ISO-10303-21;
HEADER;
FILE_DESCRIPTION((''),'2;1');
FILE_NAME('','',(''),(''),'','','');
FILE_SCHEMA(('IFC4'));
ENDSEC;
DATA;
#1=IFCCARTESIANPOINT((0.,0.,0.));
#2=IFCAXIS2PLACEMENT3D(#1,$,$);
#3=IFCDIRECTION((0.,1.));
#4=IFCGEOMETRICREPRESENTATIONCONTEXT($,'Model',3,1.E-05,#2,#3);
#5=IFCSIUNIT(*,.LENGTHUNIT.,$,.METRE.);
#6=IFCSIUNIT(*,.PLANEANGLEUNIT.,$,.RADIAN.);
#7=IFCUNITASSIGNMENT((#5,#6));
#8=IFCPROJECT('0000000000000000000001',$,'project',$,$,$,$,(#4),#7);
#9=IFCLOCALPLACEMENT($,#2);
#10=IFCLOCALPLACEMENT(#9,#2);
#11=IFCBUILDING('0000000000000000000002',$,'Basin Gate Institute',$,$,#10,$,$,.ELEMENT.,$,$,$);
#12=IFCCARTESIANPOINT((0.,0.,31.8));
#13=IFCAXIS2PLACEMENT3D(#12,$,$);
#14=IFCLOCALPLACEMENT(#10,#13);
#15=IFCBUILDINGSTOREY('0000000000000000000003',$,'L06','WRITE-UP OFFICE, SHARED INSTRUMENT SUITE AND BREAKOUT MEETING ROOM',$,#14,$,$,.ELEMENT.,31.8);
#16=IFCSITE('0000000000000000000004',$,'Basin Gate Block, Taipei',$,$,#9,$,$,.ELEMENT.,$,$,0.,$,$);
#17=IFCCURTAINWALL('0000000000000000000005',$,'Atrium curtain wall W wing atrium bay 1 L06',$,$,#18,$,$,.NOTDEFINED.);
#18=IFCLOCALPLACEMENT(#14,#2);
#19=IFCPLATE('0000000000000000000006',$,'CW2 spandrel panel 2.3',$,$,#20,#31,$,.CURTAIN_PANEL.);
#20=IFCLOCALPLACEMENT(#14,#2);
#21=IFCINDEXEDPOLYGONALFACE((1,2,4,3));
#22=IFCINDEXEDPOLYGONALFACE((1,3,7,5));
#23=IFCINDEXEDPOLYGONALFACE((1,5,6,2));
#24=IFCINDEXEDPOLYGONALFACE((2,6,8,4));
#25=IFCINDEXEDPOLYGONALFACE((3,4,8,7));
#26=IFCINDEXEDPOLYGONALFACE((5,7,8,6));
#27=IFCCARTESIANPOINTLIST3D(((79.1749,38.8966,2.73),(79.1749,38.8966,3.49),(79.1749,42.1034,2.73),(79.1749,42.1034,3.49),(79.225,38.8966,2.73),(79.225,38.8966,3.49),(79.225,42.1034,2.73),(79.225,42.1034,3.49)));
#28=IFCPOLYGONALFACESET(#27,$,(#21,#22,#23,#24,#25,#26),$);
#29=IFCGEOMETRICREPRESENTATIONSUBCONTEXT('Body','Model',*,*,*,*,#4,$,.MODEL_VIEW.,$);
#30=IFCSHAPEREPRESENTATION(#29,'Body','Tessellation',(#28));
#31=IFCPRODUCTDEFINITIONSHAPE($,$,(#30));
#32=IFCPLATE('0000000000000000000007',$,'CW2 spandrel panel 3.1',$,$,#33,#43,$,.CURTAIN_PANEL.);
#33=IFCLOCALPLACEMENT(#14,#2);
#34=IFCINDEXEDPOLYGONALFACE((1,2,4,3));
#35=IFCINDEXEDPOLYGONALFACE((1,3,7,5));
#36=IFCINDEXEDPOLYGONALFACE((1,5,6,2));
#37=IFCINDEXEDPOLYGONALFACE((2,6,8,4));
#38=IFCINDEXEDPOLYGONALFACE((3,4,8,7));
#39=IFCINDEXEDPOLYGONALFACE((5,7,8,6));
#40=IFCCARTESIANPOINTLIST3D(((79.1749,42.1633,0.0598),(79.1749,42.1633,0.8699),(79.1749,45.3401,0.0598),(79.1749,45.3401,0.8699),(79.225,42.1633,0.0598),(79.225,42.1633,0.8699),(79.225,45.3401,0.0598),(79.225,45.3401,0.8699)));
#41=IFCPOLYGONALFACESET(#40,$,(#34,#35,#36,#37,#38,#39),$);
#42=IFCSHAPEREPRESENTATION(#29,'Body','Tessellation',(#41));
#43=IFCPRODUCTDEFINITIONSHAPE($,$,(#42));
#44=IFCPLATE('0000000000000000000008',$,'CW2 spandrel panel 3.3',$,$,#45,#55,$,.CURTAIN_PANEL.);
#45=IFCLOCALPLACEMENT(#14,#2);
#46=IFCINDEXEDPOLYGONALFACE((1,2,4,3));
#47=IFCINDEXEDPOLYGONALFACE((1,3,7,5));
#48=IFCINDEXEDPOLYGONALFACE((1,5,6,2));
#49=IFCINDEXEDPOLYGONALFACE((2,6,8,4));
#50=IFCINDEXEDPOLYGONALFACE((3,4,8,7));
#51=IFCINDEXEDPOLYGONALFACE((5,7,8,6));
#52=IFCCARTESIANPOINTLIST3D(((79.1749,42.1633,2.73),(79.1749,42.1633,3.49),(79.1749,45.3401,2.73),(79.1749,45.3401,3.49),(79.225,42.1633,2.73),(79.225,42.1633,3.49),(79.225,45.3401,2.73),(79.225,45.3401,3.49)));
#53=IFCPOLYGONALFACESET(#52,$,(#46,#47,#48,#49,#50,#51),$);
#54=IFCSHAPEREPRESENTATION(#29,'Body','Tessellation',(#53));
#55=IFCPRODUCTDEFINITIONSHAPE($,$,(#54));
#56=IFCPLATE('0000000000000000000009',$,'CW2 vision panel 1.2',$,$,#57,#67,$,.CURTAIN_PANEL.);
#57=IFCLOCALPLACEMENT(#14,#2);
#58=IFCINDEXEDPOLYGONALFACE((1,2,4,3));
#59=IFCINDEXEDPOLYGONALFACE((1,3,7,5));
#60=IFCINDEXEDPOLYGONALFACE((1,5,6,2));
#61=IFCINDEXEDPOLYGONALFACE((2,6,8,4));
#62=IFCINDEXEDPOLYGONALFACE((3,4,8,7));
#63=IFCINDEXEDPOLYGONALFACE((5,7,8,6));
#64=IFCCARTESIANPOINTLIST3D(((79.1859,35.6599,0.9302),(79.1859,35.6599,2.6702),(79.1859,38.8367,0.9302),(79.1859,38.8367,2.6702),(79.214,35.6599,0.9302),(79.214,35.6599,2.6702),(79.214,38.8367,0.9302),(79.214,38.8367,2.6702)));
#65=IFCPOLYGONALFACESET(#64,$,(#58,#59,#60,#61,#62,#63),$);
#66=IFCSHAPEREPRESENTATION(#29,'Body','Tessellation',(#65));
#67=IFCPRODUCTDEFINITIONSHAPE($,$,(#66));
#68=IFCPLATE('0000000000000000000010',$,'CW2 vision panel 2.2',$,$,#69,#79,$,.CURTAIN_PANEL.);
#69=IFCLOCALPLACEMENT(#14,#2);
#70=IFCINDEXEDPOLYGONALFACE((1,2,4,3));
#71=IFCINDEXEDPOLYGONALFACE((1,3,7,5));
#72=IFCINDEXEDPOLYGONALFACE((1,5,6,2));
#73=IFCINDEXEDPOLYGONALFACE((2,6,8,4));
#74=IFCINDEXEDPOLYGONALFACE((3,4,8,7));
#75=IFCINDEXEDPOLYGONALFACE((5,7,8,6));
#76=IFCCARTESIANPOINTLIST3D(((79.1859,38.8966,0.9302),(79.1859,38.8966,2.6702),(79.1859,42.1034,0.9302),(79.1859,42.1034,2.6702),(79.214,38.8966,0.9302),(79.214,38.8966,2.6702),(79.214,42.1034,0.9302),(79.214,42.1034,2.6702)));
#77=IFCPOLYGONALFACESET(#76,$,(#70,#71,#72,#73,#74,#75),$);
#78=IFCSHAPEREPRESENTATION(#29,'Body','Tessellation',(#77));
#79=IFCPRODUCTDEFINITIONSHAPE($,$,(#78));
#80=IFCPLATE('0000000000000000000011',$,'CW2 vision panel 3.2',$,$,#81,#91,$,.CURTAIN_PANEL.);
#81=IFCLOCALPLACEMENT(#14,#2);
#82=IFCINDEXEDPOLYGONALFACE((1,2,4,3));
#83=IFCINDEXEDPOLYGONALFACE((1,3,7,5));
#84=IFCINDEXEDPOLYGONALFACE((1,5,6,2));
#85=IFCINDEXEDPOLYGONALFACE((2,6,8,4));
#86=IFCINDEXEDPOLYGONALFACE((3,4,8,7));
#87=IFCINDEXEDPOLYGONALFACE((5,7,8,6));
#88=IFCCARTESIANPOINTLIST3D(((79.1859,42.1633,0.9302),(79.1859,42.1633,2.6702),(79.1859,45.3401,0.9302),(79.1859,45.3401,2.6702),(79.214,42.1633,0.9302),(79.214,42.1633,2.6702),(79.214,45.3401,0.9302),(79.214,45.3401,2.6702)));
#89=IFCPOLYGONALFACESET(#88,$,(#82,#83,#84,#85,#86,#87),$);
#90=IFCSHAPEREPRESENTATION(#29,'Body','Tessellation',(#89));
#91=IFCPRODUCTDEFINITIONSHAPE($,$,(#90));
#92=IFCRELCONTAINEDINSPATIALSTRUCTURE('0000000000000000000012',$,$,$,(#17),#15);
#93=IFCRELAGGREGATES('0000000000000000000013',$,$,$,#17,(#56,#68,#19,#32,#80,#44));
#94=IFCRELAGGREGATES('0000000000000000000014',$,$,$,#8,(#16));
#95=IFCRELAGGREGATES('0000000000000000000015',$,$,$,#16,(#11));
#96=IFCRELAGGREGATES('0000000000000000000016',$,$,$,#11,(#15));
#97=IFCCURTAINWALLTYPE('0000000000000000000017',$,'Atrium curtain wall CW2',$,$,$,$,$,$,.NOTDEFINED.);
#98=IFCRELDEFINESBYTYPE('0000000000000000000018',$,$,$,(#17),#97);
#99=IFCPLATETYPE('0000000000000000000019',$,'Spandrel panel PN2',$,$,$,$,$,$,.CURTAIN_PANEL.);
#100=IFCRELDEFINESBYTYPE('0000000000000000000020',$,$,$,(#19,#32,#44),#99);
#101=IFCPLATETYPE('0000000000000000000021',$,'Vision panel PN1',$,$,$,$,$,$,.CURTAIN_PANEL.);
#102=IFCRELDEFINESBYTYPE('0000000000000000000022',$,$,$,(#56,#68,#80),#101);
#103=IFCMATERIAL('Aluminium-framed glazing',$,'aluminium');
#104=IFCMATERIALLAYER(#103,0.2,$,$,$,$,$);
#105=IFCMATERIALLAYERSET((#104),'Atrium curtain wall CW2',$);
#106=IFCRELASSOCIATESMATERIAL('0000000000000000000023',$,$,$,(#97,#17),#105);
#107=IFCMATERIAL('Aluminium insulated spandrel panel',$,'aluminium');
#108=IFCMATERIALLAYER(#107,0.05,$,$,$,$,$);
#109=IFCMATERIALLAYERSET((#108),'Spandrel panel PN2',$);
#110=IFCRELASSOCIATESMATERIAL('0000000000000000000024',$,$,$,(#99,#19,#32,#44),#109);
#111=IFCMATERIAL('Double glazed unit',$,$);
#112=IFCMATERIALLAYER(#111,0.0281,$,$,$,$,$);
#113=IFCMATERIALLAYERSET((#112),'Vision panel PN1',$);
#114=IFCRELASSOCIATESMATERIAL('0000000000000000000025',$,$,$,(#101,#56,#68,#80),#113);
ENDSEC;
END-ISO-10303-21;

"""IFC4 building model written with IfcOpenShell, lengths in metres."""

from ifc_helpers import new_model, si_unit, direction, frame, origin, origin_2d, place, context, subcontext, project, spatial, rectangle, extrude, material, layer, layer_set, type_object, element, aggregate, save


model = new_model("IFC4")

# Units and contexts
model_context = context("Model", 3, precision=1e-05, world=origin(), true_north=direction((0.0, 1.0)))
body_context = subcontext(model_context, "Body", "Model", "MODEL_VIEW")
ifc_project = project(units=[si_unit("LENGTHUNIT", "METRE"), si_unit("PLANEANGLEUNIT", "RADIAN")], contexts=[model_context])

# Site, building, storey
site_placement = place(None, origin())
site = spatial("IfcSite", under=ifc_project, at=site_placement, Name="Basin Gate Block, Taipei", CompositionType="ELEMENT", RefElevation=0.0)
building_placement = place(site_placement, origin())
building = spatial("IfcBuilding", under=site, at=building_placement, Name="Basin Gate Institute", CompositionType="ELEMENT")
storey_placement = place(building_placement, frame((0.0, 0.0, 31.8)))
storey = spatial("IfcBuildingStorey", under=building, at=storey_placement, Name="L06", Description="WRITE-UP OFFICE, SHARED INSTRUMENT SUITE AND BREAKOUT MEETING ROOM", CompositionType="ELEMENT", Elevation=31.8)

# Curtain wall, plates
ifc_material_1 = material(Name="Aluminium-framed glazing", Category="aluminium")
ifc_layer_1 = layer(ifc_material_1, 0.2)
ifc_layer_set_1 = layer_set([ifc_layer_1], Name="Atrium curtain wall CW2")
curtain_wall_type = type_object("IfcCurtainWallType", Name="Atrium curtain wall CW2", PredefinedType="NOTDEFINED", material=ifc_layer_set_1)
curtain_wall_placement = place(storey_placement, origin())
curtain_wall = element("IfcCurtainWall", 1, at=curtain_wall_placement, inside=storey, type_object=curtain_wall_type, material=ifc_layer_set_1, Name="Atrium curtain wall W wing atrium bay 1 L06", PredefinedType="NOTDEFINED")
ifc_material_2 = material(Name="Aluminium insulated spandrel panel", Category="aluminium")
ifc_layer_2 = layer(ifc_material_2, 0.05)
ifc_layer_set_2 = layer_set([ifc_layer_2], Name="Spandrel panel PN2")
plate_type_1 = type_object("IfcPlateType", Name="Spandrel panel PN2", PredefinedType="CURTAIN_PANEL", material=ifc_layer_set_2)
plate_1_placement = place(storey_placement, frame((79.2, 40.5, 2.73), z_axis=(0.0, 0.0, 1.0), x_axis=(0.0, 1.0, 0.0)))
plate_1 = element("IfcPlate", 2, at=plate_1_placement, type_object=plate_type_1, material=ifc_layer_set_2, Name="CW2 spandrel panel 2.3", PredefinedType="CURTAIN_PANEL", context=body_context, shape_type="SweptSolid", body=[
    extrude(rectangle(XDim=3.2068, YDim=0.05, at=origin_2d()), origin(), (0.0, 0.0, 1.0), 0.76),
])
plate_2_placement = place(storey_placement, frame((79.2, 43.7517, 0.0598), z_axis=(0.0, 0.0, 1.0), x_axis=(0.0, 1.0, 0.0)))
plate_2 = element("IfcPlate", 3, at=plate_2_placement, type_object=plate_type_1, material=ifc_layer_set_2, Name="CW2 spandrel panel 3.1", PredefinedType="CURTAIN_PANEL", context=body_context, shape_type="SweptSolid", body=[
    extrude(rectangle(XDim=3.1768, YDim=0.05, at=origin_2d()), origin(), (0.0, 0.0, 1.0), 0.8101),
])
plate_3_placement = place(storey_placement, frame((79.2, 43.7517, 2.73), z_axis=(0.0, 0.0, 1.0), x_axis=(0.0, 1.0, 0.0)))
plate_3 = element("IfcPlate", 4, at=plate_3_placement, type_object=plate_type_1, material=ifc_layer_set_2, Name="CW2 spandrel panel 3.3", PredefinedType="CURTAIN_PANEL", context=body_context, shape_type="SweptSolid", body=[
    extrude(rectangle(XDim=3.1768, YDim=0.05, at=origin_2d()), origin(), (0.0, 0.0, 1.0), 0.76),
])
ifc_material_3 = material(Name="Double glazed unit")
ifc_layer_3 = layer(ifc_material_3, 0.0281)
ifc_layer_set_3 = layer_set([ifc_layer_3], Name="Vision panel PN1")
plate_type_2 = type_object("IfcPlateType", Name="Vision panel PN1", PredefinedType="CURTAIN_PANEL", material=ifc_layer_set_3)
plate_4_placement = place(storey_placement, frame((79.2, 37.2483, 0.9302), z_axis=(0.0, 0.0, 1.0), x_axis=(0.0, 1.0, 0.0)))
plate_4 = element("IfcPlate", 5, at=plate_4_placement, type_object=plate_type_2, material=ifc_layer_set_3, Name="CW2 vision panel 1.2", PredefinedType="CURTAIN_PANEL", context=body_context, shape_type="SweptSolid", body=[
    extrude(rectangle(XDim=3.1768, YDim=0.0281, at=origin_2d()), origin(), (0.0, 0.0, 1.0), 1.74),
])
plate_5_placement = place(storey_placement, frame((79.2, 40.5, 0.9302), z_axis=(0.0, 0.0, 1.0), x_axis=(0.0, 1.0, 0.0)))
plate_5 = element("IfcPlate", 6, at=plate_5_placement, type_object=plate_type_2, material=ifc_layer_set_3, Name="CW2 vision panel 2.2", PredefinedType="CURTAIN_PANEL", context=body_context, shape_type="SweptSolid", body=[
    extrude(rectangle(XDim=3.2068, YDim=0.0281, at=origin_2d()), origin(), (0.0, 0.0, 1.0), 1.74),
])
plate_6_placement = place(storey_placement, frame((79.2, 43.7517, 0.9302), z_axis=(0.0, 0.0, 1.0), x_axis=(0.0, 1.0, 0.0)))
plate_6 = element("IfcPlate", 7, at=plate_6_placement, type_object=plate_type_2, material=ifc_layer_set_3, Name="CW2 vision panel 3.2", PredefinedType="CURTAIN_PANEL", context=body_context, shape_type="SweptSolid", body=[
    extrude(rectangle(XDim=3.1768, YDim=0.0281, at=origin_2d()), origin(), (0.0, 0.0, 1.0), 1.74),
])
aggregate(curtain_wall, [plate_4, plate_5, plate_1, plate_2, plate_6, plate_3])

save(model, "model.ifc")
